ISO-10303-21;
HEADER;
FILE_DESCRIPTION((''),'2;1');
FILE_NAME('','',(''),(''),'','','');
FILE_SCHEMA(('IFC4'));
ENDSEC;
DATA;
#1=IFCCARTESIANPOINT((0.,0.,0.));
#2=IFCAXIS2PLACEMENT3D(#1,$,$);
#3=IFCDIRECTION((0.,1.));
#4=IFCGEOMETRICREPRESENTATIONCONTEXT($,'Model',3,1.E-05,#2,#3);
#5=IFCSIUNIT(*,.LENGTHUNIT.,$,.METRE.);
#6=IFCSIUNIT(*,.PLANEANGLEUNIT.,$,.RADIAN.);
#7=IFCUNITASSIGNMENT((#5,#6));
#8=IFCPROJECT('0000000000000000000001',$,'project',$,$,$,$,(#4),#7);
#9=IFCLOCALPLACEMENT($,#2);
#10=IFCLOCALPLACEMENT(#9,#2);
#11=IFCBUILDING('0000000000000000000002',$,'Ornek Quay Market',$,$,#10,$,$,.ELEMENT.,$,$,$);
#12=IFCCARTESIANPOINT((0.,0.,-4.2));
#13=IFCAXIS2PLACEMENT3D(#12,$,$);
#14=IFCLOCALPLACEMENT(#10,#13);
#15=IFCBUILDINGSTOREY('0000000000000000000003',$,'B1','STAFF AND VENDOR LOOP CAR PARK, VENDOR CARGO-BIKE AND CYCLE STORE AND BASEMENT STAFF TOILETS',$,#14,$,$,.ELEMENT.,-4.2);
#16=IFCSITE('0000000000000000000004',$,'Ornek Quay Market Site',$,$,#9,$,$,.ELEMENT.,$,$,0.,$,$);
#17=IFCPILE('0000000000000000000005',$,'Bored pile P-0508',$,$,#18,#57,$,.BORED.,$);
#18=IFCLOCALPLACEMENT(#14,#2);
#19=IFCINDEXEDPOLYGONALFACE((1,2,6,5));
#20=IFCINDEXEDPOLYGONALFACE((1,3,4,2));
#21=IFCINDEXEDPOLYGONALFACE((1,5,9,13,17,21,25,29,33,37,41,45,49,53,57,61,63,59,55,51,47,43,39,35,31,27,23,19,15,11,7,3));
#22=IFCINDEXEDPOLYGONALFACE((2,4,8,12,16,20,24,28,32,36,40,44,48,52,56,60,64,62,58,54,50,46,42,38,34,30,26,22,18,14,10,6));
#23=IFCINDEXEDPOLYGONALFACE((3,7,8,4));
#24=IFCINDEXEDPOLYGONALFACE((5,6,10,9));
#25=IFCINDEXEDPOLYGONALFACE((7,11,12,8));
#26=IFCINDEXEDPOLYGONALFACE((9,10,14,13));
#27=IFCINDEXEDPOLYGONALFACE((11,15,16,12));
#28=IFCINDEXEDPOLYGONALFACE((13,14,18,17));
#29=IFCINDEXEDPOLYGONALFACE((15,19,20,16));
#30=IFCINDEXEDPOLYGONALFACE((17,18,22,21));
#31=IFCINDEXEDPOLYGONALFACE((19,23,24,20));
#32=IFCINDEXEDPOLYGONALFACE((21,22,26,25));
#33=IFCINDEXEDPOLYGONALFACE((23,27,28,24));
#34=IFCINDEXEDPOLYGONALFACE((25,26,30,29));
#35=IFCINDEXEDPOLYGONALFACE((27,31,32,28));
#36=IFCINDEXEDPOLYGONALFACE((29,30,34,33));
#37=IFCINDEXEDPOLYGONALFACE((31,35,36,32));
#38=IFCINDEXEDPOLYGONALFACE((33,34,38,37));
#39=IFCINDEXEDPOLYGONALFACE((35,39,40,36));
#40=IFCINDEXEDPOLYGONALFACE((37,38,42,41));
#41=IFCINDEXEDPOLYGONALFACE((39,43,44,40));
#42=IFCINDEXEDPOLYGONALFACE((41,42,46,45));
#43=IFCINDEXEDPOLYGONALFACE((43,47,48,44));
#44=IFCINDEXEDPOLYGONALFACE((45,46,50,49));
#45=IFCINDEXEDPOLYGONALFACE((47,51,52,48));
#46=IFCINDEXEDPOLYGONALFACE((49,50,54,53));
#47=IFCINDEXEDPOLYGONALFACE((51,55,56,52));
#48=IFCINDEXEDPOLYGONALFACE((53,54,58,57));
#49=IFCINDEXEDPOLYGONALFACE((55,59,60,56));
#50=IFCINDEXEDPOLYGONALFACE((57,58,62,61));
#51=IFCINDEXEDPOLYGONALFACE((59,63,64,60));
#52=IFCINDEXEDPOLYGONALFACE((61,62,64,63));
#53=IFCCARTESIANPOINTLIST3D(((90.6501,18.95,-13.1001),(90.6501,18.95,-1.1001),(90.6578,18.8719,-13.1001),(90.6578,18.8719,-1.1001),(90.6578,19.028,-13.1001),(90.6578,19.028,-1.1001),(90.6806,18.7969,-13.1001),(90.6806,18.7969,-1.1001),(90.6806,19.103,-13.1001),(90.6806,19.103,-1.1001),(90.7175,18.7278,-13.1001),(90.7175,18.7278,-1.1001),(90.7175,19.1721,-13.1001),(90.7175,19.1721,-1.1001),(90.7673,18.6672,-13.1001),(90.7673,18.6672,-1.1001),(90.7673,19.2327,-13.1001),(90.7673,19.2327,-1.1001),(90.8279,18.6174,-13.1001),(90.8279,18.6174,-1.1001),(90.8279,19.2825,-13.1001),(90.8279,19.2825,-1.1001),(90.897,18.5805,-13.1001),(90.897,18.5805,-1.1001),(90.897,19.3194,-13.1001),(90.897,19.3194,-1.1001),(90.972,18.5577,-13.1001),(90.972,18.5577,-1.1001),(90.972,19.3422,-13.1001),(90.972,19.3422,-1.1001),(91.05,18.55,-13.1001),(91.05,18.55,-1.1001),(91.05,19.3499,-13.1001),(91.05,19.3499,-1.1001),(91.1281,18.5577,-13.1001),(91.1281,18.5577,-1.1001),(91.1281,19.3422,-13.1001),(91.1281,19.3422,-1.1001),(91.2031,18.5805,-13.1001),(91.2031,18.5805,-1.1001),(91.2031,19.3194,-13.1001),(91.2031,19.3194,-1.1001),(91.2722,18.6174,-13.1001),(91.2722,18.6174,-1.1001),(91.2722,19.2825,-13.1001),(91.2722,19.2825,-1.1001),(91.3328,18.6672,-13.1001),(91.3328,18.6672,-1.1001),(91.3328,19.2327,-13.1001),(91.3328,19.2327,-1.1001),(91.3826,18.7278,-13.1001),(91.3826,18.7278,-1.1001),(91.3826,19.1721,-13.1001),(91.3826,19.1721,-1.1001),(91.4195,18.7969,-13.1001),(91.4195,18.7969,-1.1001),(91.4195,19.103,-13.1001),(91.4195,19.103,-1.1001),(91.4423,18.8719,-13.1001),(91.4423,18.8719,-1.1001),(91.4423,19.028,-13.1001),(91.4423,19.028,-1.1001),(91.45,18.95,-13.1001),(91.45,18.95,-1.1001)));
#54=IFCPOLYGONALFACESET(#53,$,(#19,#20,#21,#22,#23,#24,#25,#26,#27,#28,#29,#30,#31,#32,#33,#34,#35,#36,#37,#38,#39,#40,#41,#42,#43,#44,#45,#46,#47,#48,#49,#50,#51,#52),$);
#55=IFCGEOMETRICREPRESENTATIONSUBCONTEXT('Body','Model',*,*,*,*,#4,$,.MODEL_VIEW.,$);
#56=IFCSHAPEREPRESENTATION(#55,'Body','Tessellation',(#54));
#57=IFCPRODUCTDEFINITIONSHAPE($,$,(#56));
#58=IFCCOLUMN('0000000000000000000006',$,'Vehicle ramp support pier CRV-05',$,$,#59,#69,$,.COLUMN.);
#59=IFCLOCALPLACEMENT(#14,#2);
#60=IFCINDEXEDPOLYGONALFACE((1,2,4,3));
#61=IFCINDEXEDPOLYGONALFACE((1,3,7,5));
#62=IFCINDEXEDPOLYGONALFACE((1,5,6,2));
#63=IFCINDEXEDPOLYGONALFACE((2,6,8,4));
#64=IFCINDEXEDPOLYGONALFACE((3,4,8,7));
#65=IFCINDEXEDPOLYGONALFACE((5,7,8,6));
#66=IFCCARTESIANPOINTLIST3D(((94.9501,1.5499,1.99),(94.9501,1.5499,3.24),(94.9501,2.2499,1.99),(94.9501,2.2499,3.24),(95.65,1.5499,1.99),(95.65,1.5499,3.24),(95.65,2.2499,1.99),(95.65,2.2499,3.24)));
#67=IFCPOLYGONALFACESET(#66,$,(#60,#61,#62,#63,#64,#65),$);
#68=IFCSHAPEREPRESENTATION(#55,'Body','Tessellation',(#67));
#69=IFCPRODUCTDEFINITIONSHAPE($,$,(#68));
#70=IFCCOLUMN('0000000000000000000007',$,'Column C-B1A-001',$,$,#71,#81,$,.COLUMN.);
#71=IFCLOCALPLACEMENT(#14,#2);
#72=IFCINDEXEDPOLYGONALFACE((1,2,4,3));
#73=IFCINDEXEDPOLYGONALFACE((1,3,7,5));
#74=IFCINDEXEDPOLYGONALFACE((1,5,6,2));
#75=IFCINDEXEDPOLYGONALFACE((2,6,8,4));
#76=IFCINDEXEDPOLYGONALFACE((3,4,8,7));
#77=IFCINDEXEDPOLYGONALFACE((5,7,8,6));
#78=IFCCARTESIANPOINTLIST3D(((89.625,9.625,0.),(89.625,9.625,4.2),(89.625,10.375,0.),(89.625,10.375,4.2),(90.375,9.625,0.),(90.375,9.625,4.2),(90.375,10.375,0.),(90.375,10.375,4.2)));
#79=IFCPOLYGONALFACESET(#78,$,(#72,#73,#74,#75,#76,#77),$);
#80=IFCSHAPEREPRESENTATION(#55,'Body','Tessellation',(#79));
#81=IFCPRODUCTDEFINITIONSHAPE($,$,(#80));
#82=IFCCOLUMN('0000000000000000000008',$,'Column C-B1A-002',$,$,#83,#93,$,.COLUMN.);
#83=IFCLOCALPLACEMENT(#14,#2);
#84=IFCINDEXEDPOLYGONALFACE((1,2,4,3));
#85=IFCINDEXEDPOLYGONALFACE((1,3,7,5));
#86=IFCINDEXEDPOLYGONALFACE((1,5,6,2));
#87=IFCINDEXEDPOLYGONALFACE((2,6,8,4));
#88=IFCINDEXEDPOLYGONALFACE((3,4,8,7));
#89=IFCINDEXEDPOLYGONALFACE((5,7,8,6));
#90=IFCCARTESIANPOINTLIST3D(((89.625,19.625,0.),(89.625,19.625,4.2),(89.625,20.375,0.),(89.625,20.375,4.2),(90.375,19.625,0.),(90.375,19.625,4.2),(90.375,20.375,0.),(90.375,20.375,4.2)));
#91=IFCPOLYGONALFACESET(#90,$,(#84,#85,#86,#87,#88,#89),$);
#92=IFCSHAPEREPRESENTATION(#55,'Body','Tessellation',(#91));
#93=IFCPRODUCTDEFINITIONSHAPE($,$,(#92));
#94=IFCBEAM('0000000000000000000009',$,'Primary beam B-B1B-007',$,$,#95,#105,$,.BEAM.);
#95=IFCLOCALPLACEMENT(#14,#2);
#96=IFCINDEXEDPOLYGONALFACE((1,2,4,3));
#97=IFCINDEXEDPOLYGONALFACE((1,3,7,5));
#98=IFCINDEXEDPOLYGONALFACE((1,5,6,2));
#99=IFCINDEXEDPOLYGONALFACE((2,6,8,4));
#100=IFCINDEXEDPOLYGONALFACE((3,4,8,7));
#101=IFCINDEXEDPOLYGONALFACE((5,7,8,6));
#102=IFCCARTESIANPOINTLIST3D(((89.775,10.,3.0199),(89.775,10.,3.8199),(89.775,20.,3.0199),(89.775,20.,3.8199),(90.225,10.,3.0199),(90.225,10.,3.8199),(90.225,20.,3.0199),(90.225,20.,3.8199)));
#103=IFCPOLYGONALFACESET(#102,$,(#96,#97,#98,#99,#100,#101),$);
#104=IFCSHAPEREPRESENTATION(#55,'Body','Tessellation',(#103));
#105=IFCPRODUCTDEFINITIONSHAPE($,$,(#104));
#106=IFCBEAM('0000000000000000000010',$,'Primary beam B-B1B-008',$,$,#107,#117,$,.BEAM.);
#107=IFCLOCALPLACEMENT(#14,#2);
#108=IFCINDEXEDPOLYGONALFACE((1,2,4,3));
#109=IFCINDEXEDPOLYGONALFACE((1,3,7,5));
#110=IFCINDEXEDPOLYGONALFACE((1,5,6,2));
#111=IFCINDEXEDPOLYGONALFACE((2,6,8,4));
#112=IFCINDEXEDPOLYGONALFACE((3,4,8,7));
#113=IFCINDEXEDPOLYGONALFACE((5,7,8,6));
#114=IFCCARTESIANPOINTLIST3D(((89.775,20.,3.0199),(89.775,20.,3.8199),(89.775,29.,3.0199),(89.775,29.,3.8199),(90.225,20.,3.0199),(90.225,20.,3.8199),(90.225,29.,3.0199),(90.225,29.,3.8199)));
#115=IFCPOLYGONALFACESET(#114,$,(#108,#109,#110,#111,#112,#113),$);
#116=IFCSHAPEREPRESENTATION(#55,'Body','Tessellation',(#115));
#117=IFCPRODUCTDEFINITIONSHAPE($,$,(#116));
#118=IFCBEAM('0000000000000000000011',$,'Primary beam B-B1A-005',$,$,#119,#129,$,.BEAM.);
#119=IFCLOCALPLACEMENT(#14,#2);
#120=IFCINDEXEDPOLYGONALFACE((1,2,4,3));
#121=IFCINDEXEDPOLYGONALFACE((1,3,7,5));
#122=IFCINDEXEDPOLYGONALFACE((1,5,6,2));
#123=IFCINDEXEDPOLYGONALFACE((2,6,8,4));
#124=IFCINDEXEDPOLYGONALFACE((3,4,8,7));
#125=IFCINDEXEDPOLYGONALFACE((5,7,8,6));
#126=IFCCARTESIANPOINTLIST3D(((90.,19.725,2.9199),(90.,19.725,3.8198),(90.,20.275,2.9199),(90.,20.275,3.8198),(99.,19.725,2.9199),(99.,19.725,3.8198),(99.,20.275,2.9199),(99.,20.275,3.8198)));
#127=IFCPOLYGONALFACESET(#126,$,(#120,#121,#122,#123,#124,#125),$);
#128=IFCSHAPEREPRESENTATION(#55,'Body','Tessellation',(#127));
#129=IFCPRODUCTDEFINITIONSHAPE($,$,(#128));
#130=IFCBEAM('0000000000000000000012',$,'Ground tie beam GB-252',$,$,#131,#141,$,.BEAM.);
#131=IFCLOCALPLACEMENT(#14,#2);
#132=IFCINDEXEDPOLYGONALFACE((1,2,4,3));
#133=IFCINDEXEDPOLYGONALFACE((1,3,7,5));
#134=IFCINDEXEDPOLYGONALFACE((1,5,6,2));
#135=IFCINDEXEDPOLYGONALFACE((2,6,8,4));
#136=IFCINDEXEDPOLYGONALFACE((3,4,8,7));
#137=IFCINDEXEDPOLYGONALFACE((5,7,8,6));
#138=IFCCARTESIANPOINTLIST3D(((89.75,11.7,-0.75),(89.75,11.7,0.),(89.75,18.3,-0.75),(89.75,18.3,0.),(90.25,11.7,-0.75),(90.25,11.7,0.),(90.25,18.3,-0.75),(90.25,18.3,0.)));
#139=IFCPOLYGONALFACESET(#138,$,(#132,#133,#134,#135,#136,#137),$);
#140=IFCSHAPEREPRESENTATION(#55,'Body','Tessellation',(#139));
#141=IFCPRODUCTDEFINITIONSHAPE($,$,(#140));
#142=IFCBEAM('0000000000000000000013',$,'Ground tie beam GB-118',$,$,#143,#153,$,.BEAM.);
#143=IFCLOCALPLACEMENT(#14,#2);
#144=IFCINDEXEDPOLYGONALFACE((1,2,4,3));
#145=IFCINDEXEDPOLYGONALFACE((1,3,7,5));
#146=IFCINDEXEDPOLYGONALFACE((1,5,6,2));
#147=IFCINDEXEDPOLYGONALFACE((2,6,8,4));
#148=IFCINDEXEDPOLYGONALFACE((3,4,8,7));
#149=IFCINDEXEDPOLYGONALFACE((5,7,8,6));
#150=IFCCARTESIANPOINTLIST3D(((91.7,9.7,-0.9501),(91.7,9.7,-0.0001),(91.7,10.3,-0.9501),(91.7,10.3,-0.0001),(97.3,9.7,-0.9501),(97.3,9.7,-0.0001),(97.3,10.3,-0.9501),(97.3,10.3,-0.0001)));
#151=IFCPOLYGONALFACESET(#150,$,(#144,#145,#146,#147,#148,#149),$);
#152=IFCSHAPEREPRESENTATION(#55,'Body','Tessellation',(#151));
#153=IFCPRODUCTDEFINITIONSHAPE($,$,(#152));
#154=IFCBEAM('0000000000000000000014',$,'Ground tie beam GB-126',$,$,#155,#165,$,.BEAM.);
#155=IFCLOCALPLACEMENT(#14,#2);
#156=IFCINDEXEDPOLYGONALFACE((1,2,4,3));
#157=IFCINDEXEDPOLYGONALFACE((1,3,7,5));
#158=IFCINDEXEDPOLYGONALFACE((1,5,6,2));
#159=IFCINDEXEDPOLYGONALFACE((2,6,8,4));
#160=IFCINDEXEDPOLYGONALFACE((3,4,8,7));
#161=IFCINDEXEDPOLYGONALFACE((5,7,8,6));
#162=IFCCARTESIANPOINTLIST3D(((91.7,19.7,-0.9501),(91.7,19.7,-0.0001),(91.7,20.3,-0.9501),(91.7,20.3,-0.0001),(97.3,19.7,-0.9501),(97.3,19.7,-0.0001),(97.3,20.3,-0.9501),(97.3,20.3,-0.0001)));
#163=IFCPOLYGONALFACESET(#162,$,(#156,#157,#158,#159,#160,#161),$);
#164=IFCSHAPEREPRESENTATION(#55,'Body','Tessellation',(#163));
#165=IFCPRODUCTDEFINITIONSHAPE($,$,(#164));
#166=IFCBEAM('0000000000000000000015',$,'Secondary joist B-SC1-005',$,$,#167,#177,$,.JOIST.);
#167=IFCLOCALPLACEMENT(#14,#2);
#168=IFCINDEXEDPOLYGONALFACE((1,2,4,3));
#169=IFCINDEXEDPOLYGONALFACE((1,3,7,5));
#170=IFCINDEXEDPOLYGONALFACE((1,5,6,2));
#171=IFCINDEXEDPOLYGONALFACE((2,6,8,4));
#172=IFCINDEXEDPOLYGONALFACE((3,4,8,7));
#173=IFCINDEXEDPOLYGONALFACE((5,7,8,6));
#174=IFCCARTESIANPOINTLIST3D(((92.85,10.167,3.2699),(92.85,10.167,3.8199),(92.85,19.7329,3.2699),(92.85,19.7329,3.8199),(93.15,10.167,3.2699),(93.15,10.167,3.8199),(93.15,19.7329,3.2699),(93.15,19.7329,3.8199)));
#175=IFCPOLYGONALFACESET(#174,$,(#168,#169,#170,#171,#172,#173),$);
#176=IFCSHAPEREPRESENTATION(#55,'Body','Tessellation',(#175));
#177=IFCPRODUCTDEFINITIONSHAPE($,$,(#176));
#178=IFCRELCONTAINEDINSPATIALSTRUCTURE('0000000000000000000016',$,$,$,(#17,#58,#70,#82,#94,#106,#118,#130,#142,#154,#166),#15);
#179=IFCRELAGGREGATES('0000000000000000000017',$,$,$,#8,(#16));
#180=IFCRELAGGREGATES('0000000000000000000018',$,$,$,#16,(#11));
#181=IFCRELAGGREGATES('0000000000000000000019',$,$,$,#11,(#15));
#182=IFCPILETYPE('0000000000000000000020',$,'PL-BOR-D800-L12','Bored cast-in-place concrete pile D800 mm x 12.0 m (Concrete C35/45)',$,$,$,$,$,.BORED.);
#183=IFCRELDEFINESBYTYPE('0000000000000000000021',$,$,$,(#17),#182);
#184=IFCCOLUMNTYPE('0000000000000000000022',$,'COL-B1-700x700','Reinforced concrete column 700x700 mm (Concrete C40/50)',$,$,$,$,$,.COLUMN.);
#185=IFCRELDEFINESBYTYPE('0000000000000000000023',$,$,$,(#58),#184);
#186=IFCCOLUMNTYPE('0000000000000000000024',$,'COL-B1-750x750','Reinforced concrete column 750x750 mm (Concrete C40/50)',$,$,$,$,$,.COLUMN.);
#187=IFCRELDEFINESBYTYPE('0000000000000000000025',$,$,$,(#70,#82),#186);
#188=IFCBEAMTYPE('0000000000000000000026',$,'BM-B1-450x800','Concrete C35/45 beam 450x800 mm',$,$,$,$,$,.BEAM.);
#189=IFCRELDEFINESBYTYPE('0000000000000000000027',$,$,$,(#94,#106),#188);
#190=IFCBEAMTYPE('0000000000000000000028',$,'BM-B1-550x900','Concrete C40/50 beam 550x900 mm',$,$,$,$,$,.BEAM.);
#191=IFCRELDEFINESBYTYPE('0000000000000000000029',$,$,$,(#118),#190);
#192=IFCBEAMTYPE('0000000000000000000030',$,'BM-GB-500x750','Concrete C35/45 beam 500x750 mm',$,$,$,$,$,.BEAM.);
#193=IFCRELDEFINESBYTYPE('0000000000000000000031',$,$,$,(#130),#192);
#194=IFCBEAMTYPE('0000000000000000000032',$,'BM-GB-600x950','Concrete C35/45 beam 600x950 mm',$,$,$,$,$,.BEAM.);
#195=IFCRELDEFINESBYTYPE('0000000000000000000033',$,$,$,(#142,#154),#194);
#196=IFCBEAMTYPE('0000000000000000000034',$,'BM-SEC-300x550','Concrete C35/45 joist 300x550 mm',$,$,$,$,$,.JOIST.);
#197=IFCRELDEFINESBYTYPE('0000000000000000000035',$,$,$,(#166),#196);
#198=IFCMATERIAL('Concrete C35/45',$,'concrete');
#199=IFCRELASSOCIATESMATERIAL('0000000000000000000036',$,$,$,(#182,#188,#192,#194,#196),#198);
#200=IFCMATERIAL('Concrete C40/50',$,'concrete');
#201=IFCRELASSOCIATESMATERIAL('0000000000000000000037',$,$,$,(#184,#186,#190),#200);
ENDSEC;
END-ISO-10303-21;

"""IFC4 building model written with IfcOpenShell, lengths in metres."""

from ifc_helpers import new_model, si_unit, direction, frame, origin, origin_2d, place, context, subcontext, project, spatial, rectangle, circle, extrude, material, material_profile, profile_set, type_object, element, save


model = new_model("IFC4")

# Units and contexts
model_context = context("Model", 3, precision=1e-05, world=origin(), true_north=direction((0.0, 1.0)))
body_context = subcontext(model_context, "Body", "Model", "MODEL_VIEW")
ifc_project = project(units=[si_unit("LENGTHUNIT", "METRE"), si_unit("PLANEANGLEUNIT", "RADIAN")], contexts=[model_context])

# Site, building, storey
site_placement = place(None, origin())
site = spatial("IfcSite", under=ifc_project, at=site_placement, Name="Ornek Quay Market Site", CompositionType="ELEMENT", RefElevation=0.0)
building_placement = place(site_placement, origin())
building = spatial("IfcBuilding", under=site, at=building_placement, Name="Ornek Quay Market", CompositionType="ELEMENT")
storey_placement = place(building_placement, frame((0.0, 0.0, -4.2)))
storey = spatial("IfcBuildingStorey", under=building, at=storey_placement, Name="B1", Description="STAFF AND VENDOR LOOP CAR PARK, VENDOR CARGO-BIKE AND CYCLE STORE AND BASEMENT STAFF TOILETS", CompositionType="ELEMENT", Elevation=-4.2)

# Pile
ifc_material_1 = material(Name="Concrete C35/45", Category="concrete")
ifc_material_profile_1 = material_profile(ifc_material_1, circle(Radius=0.3999, at=origin_2d()), Name="PILE D800", Category="concrete")
ifc_profile_set_1 = profile_set([ifc_material_profile_1], Name="Concrete C35/45")
pile_type = type_object("IfcPileType", Name="PL-BOR-D800-L12", Description="Bored cast-in-place concrete pile D800 mm x 12.0 m (Concrete C35/45)", PredefinedType="BORED", material=ifc_profile_set_1)
for number, where, z_axis, x_axis, name in (
    (1, (91.05, 18.95, -1.1001), (0.0, 0.0, -1.0), (1.0, 0.0, 0.0), "Bored pile P-0508"),
):
    element("IfcPile", number, at=place(storey_placement, frame(where, z_axis=z_axis, x_axis=x_axis)), inside=storey, type_object=pile_type, Name=name, PredefinedType="BORED", context=body_context, shape_type="SweptSolid", body=[
        extrude(circle(Radius=0.3999, at=origin_2d()), origin(), (0.0, 0.0, 1.0), 12.0),
    ])

# Columns
ifc_material_2 = material(Name="Concrete C40/50", Category="concrete")
ifc_material_profile_2 = material_profile(ifc_material_2, rectangle(XDim=0.7, YDim=0.7, at=origin_2d()), Name="RC 700x700", Category="concrete")
ifc_profile_set_2 = profile_set([ifc_material_profile_2], Name="Concrete C40/50")
column_type_1 = type_object("IfcColumnType", Name="COL-B1-700x700", Description="Reinforced concrete column 700x700 mm (Concrete C40/50)", PredefinedType="COLUMN", material=ifc_profile_set_2)
column_placement = place(storey_placement, frame((95.3, 1.8999, 1.99), z_axis=(0.0, 0.0, 1.0), x_axis=(1.0, 0.0, 0.0)))
element("IfcColumn", 2, at=column_placement, inside=storey, type_object=column_type_1, Name="Vehicle ramp support pier CRV-05", PredefinedType="COLUMN", context=body_context, shape_type="SweptSolid", body=[
    extrude(rectangle(XDim=0.7, YDim=0.7, at=origin_2d()), origin(), (0.0, 0.0, 1.0), 1.25),
])
ifc_material_profile_3 = material_profile(ifc_material_2, rectangle(XDim=0.75, YDim=0.75, at=origin_2d()), Name="RC 750x750", Category="concrete")
ifc_profile_set_3 = profile_set([ifc_material_profile_3], Name="Concrete C40/50")
column_type_2 = type_object("IfcColumnType", Name="COL-B1-750x750", Description="Reinforced concrete column 750x750 mm (Concrete C40/50)", PredefinedType="COLUMN", material=ifc_profile_set_3)
for number, where, z_axis, x_axis, name in (
    (3, (90.0, 10.0, 0.0), (0.0, 0.0, 1.0), (1.0, 0.0, 0.0), "Column C-B1A-001"),
    (4, (90.0, 20.0, 0.0), (0.0, 0.0, 1.0), (1.0, 0.0, 0.0), "Column C-B1A-002"),
):
    element("IfcColumn", number, at=place(storey_placement, frame(where, z_axis=z_axis, x_axis=x_axis)), inside=storey, type_object=column_type_2, Name=name, PredefinedType="COLUMN", context=body_context, shape_type="SweptSolid", body=[
        extrude(rectangle(XDim=0.75, YDim=0.75, at=origin_2d()), origin(), (0.0, 0.0, 1.0), 4.2),
    ])

# Beams
ifc_material_profile_4 = material_profile(ifc_material_1, rectangle(XDim=0.45, YDim=0.8, at=origin_2d()), Name="RC 450x800", Category="concrete")
ifc_profile_set_4 = profile_set([ifc_material_profile_4], Name="Concrete C35/45")
beam_type_1 = type_object("IfcBeamType", Name="BM-B1-450x800", Description="Concrete C35/45 beam 450x800 mm", PredefinedType="BEAM", material=ifc_profile_set_4)
beam_1_placement = place(storey_placement, frame((90.0, 10.0, 3.4199), z_axis=(0.0, 1.0, 0.0), x_axis=(-1.0, 0.0, 0.0)))
element("IfcBeam", 5, at=beam_1_placement, inside=storey, type_object=beam_type_1, Name="Primary beam B-B1B-007", PredefinedType="BEAM", context=body_context, shape_type="SweptSolid", body=[
    extrude(rectangle(XDim=0.45, YDim=0.8, at=origin_2d()), origin(), (0.0, 0.0, 1.0), 10.0),
])
beam_2_placement = place(storey_placement, frame((90.0, 20.0, 3.4199), z_axis=(0.0, 1.0, 0.0), x_axis=(-1.0, 0.0, 0.0)))
element("IfcBeam", 6, at=beam_2_placement, inside=storey, type_object=beam_type_1, Name="Primary beam B-B1B-008", PredefinedType="BEAM", context=body_context, shape_type="SweptSolid", body=[
    extrude(rectangle(XDim=0.45, YDim=0.8, at=origin_2d()), origin(), (0.0, 0.0, 1.0), 9.0),
])
ifc_material_profile_5 = material_profile(ifc_material_2, rectangle(XDim=0.55, YDim=0.8999, at=origin_2d()), Name="RC 550x900", Category="concrete")
ifc_profile_set_5 = profile_set([ifc_material_profile_5], Name="Concrete C40/50")
beam_type_2 = type_object("IfcBeamType", Name="BM-B1-550x900", Description="Concrete C40/50 beam 550x900 mm", PredefinedType="BEAM", material=ifc_profile_set_5)
beam_3_placement = place(storey_placement, frame((90.0, 20.0, 3.3699), z_axis=(1.0, 0.0, 0.0), x_axis=(0.0, 1.0, 0.0)))
element("IfcBeam", 7, at=beam_3_placement, inside=storey, type_object=beam_type_2, Name="Primary beam B-B1A-005", PredefinedType="BEAM", context=body_context, shape_type="SweptSolid", body=[
    extrude(rectangle(XDim=0.55, YDim=0.8999, at=origin_2d()), origin(), (0.0, 0.0, 1.0), 9.0),
])
ifc_material_profile_6 = material_profile(ifc_material_1, rectangle(XDim=0.5, YDim=0.75, at=origin_2d()), Name="RC 500x750", Category="concrete")
ifc_profile_set_6 = profile_set([ifc_material_profile_6], Name="Concrete C35/45")
beam_type_3 = type_object("IfcBeamType", Name="BM-GB-500x750", Description="Concrete C35/45 beam 500x750 mm", PredefinedType="BEAM", material=ifc_profile_set_6)
beam_4_placement = place(storey_placement, frame((90.0, 11.7, -0.375), z_axis=(0.0, 1.0, 0.0), x_axis=(-1.0, 0.0, 0.0)))
element("IfcBeam", 8, at=beam_4_placement, inside=storey, type_object=beam_type_3, Name="Ground tie beam GB-252", PredefinedType="BEAM", context=body_context, shape_type="SweptSolid", body=[
    extrude(rectangle(XDim=0.5, YDim=0.75, at=origin_2d()), origin(), (0.0, 0.0, 1.0), 6.6001),
])
ifc_material_profile_7 = material_profile(ifc_material_1, rectangle(XDim=0.6001, YDim=0.95, at=origin_2d()), Name="RC 600x950", Category="concrete")
ifc_profile_set_7 = profile_set([ifc_material_profile_7], Name="Concrete C35/45")
beam_type_4 = type_object("IfcBeamType", Name="BM-GB-600x950", Description="Concrete C35/45 beam 600x950 mm", PredefinedType="BEAM", material=ifc_profile_set_7)
for number, where, z_axis, x_axis, name in (
    (9, (91.7, 10.0, -0.4751), (1.0, 0.0, 0.0), (0.0, 1.0, 0.0), "Ground tie beam GB-118"),
    (10, (91.7, 20.0, -0.4751), (1.0, 0.0, 0.0), (0.0, 1.0, 0.0), "Ground tie beam GB-126"),
):
    element("IfcBeam", number, at=place(storey_placement, frame(where, z_axis=z_axis, x_axis=x_axis)), inside=storey, type_object=beam_type_4, Name=name, PredefinedType="BEAM", context=body_context, shape_type="SweptSolid", body=[
        extrude(rectangle(XDim=0.6001, YDim=0.95, at=origin_2d()), origin(), (0.0, 0.0, 1.0), 5.6001),
    ])
ifc_material_profile_8 = material_profile(ifc_material_1, rectangle(XDim=0.3, YDim=0.55, at=origin_2d()), Name="RC 300x550", Category="concrete")
ifc_profile_set_8 = profile_set([ifc_material_profile_8], Name="Concrete C35/45")
beam_type_5 = type_object("IfcBeamType", Name="BM-SEC-300x550", Description="Concrete C35/45 joist 300x550 mm", PredefinedType="JOIST", material=ifc_profile_set_8)
beam_5_placement = place(storey_placement, frame((93.0, 10.167, 3.5449), z_axis=(0.0, 1.0, 0.0), x_axis=(-1.0, 0.0, 0.0)))
element("IfcBeam", 11, at=beam_5_placement, inside=storey, type_object=beam_type_5, Name="Secondary joist B-SC1-005", PredefinedType="JOIST", context=body_context, shape_type="SweptSolid", body=[
    extrude(rectangle(XDim=0.3, YDim=0.55, at=origin_2d()), origin(), (0.0, 0.0, 1.0), 9.5659),
])

save(model, "model.ifc")
